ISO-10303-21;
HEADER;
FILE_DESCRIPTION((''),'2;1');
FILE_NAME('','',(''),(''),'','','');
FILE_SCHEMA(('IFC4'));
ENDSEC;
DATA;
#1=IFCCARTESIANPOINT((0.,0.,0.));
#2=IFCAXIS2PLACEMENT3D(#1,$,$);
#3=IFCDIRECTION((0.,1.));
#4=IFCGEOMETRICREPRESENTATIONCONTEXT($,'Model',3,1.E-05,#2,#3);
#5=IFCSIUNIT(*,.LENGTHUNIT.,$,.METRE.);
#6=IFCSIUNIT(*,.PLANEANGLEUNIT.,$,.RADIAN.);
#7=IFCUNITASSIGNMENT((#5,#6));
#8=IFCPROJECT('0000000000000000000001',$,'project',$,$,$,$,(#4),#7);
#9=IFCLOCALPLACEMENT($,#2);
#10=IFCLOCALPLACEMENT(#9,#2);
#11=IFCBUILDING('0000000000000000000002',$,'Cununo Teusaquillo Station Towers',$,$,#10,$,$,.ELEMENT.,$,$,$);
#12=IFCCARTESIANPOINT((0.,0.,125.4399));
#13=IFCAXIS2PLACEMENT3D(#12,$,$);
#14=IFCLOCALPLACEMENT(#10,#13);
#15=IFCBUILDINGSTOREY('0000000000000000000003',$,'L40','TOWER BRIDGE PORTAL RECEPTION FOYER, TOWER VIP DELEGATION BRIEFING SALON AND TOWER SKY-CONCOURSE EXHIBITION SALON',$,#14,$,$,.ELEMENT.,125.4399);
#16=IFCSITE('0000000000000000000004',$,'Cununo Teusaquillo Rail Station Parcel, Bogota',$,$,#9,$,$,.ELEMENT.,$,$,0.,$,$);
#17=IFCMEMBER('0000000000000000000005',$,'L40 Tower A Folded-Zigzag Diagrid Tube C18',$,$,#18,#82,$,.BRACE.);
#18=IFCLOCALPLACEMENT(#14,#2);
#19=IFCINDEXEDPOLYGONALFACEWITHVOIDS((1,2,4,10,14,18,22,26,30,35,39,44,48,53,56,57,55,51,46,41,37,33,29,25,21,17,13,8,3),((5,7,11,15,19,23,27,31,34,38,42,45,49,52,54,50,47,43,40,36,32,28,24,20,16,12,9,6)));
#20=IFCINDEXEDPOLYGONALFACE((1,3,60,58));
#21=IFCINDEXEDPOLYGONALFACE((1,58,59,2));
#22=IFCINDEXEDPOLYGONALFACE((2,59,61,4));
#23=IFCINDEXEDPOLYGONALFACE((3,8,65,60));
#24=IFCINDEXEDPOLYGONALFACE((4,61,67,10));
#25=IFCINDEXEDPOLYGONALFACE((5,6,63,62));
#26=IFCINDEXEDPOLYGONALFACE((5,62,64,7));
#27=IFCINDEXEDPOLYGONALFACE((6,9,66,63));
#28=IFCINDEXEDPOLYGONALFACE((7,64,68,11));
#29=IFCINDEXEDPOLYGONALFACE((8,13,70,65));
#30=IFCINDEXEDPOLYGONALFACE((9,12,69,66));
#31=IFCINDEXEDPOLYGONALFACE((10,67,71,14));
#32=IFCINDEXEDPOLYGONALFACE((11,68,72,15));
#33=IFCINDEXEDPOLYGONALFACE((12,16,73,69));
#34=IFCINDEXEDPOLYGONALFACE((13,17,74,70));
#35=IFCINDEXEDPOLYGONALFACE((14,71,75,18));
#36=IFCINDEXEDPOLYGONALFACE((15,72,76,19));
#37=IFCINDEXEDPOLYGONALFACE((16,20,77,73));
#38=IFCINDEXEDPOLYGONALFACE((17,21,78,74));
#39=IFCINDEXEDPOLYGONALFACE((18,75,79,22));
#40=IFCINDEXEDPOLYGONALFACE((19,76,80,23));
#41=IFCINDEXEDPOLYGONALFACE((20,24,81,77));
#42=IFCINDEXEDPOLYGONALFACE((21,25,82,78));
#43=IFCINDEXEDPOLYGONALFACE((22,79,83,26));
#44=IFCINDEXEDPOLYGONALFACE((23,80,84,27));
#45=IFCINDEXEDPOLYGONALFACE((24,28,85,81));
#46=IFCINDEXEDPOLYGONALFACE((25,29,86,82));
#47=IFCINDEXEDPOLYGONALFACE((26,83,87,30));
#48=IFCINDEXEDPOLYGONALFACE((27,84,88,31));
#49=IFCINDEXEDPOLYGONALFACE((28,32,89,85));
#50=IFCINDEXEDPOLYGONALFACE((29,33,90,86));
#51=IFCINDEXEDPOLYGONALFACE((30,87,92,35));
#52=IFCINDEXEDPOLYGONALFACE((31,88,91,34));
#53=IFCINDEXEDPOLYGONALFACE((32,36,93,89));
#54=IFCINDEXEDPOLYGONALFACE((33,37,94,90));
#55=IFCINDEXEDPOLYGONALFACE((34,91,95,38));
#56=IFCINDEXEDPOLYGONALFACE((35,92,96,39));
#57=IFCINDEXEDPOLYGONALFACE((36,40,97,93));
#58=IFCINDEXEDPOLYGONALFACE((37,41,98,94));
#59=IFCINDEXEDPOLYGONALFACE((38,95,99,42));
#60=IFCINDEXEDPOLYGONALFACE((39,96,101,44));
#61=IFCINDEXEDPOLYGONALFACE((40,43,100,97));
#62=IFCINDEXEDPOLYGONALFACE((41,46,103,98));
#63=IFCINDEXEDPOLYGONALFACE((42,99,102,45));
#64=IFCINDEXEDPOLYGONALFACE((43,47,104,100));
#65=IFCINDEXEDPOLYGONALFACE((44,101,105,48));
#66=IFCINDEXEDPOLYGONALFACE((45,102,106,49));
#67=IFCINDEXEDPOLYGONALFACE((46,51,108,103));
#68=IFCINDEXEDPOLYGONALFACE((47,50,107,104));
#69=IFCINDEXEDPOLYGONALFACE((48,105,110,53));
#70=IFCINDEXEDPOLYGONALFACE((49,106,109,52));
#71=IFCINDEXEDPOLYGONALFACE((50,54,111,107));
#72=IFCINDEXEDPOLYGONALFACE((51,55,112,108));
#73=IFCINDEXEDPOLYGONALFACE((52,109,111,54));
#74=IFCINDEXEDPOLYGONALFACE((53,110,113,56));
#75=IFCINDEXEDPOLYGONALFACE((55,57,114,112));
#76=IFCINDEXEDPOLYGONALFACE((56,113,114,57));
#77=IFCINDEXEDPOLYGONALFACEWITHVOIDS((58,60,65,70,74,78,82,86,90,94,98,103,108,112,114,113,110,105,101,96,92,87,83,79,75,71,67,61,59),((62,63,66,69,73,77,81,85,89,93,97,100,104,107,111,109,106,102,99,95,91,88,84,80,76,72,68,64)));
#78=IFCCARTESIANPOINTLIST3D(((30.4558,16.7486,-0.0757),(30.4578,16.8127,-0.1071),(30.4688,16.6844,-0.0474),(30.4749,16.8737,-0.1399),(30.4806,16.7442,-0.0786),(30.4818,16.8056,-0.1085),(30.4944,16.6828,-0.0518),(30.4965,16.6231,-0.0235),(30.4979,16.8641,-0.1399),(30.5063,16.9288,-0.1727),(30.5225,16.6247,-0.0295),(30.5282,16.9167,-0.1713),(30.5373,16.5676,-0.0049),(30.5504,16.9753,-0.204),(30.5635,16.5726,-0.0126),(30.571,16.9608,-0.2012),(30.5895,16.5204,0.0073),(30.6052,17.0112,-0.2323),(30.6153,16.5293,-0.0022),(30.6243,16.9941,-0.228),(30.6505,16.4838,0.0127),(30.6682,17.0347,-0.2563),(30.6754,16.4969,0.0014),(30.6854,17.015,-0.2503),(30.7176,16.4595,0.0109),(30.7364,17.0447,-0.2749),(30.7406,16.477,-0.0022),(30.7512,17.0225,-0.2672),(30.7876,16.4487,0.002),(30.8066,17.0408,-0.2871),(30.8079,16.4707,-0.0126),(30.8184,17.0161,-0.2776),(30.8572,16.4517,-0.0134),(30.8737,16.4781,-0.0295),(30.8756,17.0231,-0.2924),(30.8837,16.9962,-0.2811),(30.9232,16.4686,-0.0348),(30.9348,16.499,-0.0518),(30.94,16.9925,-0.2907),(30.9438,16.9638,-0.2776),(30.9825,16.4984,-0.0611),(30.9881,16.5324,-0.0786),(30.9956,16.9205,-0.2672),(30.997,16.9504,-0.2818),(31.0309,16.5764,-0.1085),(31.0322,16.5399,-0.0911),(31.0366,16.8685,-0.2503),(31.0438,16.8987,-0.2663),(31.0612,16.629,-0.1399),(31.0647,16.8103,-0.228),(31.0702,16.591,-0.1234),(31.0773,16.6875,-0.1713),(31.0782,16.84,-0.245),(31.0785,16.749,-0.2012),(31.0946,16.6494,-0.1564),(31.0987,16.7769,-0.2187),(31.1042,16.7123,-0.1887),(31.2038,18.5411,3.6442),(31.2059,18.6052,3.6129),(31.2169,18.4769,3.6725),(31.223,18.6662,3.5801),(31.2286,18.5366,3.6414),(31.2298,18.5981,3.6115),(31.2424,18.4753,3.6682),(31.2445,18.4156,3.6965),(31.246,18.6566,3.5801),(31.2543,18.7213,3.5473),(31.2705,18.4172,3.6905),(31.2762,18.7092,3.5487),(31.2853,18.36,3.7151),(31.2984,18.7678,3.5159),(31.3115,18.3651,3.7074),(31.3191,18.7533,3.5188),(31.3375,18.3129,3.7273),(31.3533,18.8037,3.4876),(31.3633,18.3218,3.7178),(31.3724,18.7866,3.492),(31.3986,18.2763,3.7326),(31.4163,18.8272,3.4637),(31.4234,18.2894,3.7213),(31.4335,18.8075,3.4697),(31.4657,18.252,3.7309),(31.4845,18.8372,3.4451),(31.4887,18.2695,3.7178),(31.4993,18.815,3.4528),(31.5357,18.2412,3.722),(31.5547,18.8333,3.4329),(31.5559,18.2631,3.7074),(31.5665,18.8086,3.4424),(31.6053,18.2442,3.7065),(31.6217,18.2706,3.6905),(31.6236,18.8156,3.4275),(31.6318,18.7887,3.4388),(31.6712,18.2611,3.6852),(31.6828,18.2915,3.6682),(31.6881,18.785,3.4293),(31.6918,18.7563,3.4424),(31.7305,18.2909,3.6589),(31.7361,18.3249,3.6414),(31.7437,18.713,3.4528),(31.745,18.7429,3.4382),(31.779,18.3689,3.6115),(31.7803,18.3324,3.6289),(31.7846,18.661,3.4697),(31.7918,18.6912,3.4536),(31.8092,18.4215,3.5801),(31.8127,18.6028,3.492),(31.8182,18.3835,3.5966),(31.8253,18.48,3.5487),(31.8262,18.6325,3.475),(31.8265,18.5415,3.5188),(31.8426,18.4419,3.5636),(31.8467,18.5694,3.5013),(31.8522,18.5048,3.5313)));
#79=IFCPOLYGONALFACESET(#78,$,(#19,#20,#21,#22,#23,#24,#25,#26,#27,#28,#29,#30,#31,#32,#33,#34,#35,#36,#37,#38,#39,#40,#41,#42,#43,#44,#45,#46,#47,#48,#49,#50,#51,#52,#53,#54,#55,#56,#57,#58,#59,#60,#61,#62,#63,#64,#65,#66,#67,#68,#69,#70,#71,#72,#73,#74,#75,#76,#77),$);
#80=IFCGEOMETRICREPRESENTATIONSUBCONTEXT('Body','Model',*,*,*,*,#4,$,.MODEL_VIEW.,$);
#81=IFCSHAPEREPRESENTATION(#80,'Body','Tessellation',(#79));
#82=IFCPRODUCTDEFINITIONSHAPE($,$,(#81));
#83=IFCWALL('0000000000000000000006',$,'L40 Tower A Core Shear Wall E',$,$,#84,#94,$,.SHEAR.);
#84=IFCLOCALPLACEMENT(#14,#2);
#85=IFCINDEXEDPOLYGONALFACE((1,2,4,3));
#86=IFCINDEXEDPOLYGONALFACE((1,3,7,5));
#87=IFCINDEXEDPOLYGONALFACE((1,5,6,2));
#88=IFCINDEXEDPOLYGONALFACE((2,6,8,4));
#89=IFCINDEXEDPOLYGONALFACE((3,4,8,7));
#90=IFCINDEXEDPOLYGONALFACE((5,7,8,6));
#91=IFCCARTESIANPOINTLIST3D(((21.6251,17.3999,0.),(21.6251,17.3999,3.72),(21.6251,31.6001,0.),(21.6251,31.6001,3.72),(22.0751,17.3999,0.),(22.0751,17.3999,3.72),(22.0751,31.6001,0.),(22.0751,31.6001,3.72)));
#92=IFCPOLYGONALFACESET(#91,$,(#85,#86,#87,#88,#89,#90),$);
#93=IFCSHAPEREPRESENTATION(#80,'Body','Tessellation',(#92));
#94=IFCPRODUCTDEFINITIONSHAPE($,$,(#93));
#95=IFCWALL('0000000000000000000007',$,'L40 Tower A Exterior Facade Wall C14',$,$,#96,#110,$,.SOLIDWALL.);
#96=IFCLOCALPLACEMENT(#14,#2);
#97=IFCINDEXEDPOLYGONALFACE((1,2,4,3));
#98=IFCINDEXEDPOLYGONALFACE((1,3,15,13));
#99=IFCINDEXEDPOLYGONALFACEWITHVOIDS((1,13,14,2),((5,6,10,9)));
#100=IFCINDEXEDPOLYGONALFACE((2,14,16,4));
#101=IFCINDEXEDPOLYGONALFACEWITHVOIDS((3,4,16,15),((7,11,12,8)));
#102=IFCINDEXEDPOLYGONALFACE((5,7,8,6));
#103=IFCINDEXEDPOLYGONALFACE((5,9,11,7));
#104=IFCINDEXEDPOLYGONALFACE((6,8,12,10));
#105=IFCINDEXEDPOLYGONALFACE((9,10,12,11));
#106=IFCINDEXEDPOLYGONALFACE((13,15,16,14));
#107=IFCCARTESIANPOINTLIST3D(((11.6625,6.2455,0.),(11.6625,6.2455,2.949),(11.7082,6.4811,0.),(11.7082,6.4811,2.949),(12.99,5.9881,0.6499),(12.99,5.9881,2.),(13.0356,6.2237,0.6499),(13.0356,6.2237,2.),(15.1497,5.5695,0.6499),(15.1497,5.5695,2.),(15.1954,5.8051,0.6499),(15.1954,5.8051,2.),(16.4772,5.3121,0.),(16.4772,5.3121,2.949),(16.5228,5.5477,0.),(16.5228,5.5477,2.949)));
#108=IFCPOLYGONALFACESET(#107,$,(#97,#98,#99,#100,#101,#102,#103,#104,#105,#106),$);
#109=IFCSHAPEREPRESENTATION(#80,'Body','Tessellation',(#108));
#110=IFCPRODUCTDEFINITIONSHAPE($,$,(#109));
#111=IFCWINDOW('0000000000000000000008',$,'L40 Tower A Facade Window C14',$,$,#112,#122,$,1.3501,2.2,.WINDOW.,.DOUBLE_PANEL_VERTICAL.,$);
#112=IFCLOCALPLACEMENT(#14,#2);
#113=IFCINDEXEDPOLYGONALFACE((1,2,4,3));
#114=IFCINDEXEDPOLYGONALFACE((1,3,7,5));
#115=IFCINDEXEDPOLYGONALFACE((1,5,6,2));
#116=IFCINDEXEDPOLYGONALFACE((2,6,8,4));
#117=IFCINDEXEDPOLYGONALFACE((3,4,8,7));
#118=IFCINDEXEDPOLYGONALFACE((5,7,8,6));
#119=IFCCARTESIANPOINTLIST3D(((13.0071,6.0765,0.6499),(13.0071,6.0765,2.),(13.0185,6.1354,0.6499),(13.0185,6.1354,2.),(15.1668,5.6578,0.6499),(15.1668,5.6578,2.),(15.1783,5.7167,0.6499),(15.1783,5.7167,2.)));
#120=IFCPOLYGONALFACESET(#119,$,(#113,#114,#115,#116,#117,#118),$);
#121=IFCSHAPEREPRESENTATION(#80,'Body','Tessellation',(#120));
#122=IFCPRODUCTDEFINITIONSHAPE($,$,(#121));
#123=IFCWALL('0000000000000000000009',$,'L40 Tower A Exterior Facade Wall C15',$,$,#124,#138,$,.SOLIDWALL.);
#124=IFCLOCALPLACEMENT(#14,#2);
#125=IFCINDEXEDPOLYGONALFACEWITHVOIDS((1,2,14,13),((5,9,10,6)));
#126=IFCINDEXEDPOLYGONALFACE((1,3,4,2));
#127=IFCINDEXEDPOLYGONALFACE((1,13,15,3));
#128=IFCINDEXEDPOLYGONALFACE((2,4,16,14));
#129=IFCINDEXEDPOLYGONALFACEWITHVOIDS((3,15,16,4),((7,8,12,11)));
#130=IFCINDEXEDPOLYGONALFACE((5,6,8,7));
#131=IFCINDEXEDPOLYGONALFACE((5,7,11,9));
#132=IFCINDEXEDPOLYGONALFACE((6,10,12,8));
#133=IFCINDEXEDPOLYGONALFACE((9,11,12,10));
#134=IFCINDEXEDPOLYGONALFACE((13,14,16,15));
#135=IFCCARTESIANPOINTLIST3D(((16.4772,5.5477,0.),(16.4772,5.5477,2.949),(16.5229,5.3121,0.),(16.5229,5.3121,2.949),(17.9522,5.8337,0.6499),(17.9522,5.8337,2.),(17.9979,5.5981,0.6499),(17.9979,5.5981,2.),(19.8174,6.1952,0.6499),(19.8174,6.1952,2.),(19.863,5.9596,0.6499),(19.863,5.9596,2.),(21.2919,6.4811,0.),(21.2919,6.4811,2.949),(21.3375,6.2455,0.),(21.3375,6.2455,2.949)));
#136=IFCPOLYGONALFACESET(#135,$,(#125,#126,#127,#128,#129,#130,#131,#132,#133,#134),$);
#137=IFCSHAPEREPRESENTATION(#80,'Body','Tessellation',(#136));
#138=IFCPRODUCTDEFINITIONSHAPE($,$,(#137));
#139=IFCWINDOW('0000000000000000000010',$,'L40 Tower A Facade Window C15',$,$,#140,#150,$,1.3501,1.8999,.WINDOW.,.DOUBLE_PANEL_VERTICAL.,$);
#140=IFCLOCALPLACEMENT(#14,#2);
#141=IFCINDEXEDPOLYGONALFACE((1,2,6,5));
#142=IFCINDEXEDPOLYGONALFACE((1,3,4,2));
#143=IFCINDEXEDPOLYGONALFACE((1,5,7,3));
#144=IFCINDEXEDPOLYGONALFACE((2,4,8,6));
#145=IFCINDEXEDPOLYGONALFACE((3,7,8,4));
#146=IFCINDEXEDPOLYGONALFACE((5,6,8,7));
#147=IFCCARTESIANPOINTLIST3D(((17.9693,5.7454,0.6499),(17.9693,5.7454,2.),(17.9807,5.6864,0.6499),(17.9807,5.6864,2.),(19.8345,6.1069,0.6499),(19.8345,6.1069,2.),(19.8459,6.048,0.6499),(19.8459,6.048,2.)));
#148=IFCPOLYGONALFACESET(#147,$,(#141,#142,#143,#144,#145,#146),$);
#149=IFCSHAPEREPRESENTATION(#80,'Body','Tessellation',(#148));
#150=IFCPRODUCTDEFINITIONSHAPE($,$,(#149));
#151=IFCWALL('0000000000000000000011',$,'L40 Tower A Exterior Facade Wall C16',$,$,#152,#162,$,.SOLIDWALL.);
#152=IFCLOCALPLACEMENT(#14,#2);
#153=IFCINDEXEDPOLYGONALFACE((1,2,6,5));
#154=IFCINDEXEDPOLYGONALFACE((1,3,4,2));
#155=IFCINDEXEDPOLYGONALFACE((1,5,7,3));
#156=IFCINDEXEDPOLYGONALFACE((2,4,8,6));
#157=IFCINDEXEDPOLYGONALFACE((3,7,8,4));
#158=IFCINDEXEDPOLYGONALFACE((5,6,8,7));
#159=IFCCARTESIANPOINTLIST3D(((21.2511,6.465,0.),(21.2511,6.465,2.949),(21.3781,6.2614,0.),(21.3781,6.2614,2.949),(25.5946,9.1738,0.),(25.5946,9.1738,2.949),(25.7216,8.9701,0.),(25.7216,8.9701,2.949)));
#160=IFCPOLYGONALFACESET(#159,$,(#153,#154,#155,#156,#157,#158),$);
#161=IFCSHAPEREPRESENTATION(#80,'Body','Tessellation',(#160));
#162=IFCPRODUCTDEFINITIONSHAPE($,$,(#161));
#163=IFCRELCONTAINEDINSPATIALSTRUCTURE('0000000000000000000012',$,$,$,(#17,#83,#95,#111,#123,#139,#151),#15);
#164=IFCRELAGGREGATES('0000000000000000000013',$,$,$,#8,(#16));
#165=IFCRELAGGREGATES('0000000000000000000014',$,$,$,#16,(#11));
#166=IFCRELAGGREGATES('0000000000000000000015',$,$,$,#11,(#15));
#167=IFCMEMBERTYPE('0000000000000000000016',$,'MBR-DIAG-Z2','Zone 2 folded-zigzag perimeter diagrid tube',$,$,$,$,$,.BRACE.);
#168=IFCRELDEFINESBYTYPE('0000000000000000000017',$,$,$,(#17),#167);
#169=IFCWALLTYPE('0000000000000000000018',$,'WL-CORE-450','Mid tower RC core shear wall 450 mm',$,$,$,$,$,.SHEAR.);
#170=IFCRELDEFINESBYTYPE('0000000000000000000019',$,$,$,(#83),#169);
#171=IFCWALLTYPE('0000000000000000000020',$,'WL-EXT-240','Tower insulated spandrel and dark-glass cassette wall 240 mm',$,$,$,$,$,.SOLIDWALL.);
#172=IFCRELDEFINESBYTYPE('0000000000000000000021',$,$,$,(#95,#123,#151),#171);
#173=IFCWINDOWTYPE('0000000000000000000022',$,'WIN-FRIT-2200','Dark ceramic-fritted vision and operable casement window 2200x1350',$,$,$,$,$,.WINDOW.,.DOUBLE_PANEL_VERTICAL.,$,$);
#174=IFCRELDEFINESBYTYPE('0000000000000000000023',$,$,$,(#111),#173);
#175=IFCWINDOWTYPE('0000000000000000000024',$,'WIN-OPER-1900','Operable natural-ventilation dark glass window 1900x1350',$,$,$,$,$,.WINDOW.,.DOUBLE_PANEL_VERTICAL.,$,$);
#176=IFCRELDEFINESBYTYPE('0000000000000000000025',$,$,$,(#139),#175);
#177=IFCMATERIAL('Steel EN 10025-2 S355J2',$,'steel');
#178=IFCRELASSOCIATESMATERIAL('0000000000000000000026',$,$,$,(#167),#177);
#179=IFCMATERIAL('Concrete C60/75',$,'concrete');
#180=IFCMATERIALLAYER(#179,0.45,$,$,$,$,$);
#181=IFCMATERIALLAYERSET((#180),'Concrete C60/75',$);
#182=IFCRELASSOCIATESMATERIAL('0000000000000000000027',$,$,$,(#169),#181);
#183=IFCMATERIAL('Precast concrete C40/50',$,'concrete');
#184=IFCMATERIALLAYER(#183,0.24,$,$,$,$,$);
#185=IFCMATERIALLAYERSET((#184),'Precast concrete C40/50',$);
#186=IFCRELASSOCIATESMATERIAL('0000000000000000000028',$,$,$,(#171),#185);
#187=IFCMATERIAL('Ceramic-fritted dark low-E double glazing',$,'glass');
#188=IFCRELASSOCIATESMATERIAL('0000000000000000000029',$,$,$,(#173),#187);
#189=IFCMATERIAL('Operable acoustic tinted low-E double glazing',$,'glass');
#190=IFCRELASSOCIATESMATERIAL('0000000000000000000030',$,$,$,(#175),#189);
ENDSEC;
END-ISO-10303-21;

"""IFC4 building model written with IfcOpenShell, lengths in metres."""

from ifc_helpers import new_model, si_unit, direction, frame, frame_2d, origin, origin_2d, place, context, subcontext, project, spatial, rectangle, hollow_circle, extrude, source, transform, mapped, material, layer, layer_set, material_profile, profile_set, type_object, element, fill, save


model = new_model("IFC4")

# Units and contexts
model_context = context("Model", 3, precision=1e-05, world=origin(), true_north=direction((0.0, 1.0)))
body_context = subcontext(model_context, "Body", "Model", "MODEL_VIEW")
ifc_project = project(units=[si_unit("LENGTHUNIT", "METRE"), si_unit("PLANEANGLEUNIT", "RADIAN")], contexts=[model_context])

# Site, building, storey
site_placement = place(None, origin())
site = spatial("IfcSite", under=ifc_project, at=site_placement, Name="Cununo Teusaquillo Rail Station Parcel, Bogota", CompositionType="ELEMENT", RefElevation=0.0)
building_placement = place(site_placement, origin())
building = spatial("IfcBuilding", under=site, at=building_placement, Name="Cununo Teusaquillo Station Towers", CompositionType="ELEMENT")
storey_placement = place(building_placement, frame((0.0, 0.0, 125.4399)))
storey = spatial("IfcBuildingStorey", under=building, at=storey_placement, Name="L40", Description="TOWER BRIDGE PORTAL RECEPTION FOYER, TOWER VIP DELEGATION BRIEFING SALON AND TOWER SKY-CONCOURSE EXHIBITION SALON", CompositionType="ELEMENT", Elevation=125.4399)

# Member
ifc_material_1 = material(Name="Steel EN 10025-2 S355J2", Category="steel")
ifc_material_profile_1 = material_profile(ifc_material_1, hollow_circle(Radius=0.3301, WallThickness=0.0249, at=origin_2d()), Name="CHS 660x25")
ifc_profile_set_1 = profile_set([ifc_material_profile_1], Name="Steel EN 10025-2 S355J2")
member_type = type_object("IfcMemberType", Name="MBR-DIAG-Z2", Description="Zone 2 folded-zigzag perimeter diagrid tube", PredefinedType="BRACE", material=ifc_profile_set_1)
member_1_placement = place(storey_placement, frame((30.7795, 16.7466, -0.1399), z_axis=(0.178254, 0.427135, 0.886443), x_axis=(-0.922861, 0.385133, 0.0)))
element("IfcMember", 1, at=member_1_placement, inside=storey, type_object=member_type, Name="L40 Tower A Folded-Zigzag Diagrid Tube C18", PredefinedType="BRACE", context=body_context, shape_type="SweptSolid", body=[
    extrude(hollow_circle(Radius=0.3301, WallThickness=0.0249, at=origin_2d()), origin(), (0.0, 0.0, 1.0), 4.1965),
])

# Wall
ifc_material_2 = material(Name="Concrete C60/75", Category="concrete")
ifc_layer_1 = layer(ifc_material_2, 0.45)
ifc_layer_set_1 = layer_set([ifc_layer_1], Name="Concrete C60/75")
wall_type_1 = type_object("IfcWallType", Name="WL-CORE-450", Description="Mid tower RC core shear wall 450 mm", PredefinedType="SHEAR", material=ifc_layer_set_1)
wall_1_placement = place(storey_placement, frame((21.8501, 17.3999, 0.0), z_axis=(0.0, 0.0, 1.0), x_axis=(0.0, 1.0, 0.0)))
element("IfcWall", 2, at=wall_1_placement, inside=storey, type_object=wall_type_1, Name="L40 Tower A Core Shear Wall E", PredefinedType="SHEAR", context=body_context, shape_type="SweptSolid", body=[
    extrude(rectangle(XDim=14.2002, YDim=0.45, at=frame_2d((7.1001, 0.0))), origin(), (0.0, 0.0, 1.0), 3.72),
])

# Walls, openings, windows
ifc_material_3 = material(Name="Precast concrete C40/50", Category="concrete")
ifc_layer_2 = layer(ifc_material_3, 0.24)
ifc_layer_set_2 = layer_set([ifc_layer_2], Name="Precast concrete C40/50")
wall_type_2 = type_object("IfcWallType", Name="WL-EXT-240", Description="Tower insulated spandrel and dark-glass cassette wall 240 mm", PredefinedType="SOLIDWALL", material=ifc_layer_set_2)
wall_2_placement = place(storey_placement, frame((16.5, 5.4299, 0.0), z_axis=(0.0, 0.0, 1.0), x_axis=(-0.981724, 0.190311, 0.0)))
wall_2 = element("IfcWall", 3, at=wall_2_placement, inside=storey, type_object=wall_type_2, Name="L40 Tower A Exterior Facade Wall C14", PredefinedType="SOLIDWALL", context=body_context, shape_type="SweptSolid", body=[
    extrude(rectangle(XDim=4.9043, YDim=0.24, at=frame_2d((2.4521, 0.0))), origin(), (0.0, 0.0, 1.0), 2.949),
])
shared_shape_1 = source(origin(), body_context, "Body", "SweptSolid", [
    extrude(rectangle(XDim=2.2, YDim=1.3501, at=frame_2d((1.1001, 0.675))), frame((0.0, 0.1299, 0.0), z_axis=(0.0, -1.0, 0.0), x_axis=(1.0, 0.0, 0.0)), (0.0, 0.0, 1.0), 0.26),
])
opening_1_placement = place(wall_2_placement, frame((1.3521, 0.0, 0.6499)))
opening_1 = element("IfcOpeningElement", 4, at=opening_1_placement, cuts=wall_2, PredefinedType="OPENING", context=body_context, shape_type="MappedRepresentation", body=[
    mapped(shared_shape_1, transform((0.0, 0.0, 0.0), x_axis=(1.0, 0.0, 0.0), y_axis=(0.0, 1.0, 0.0), z_axis=(0.0, 0.0, 1.0), scale=1.0)),
])
ifc_material_4 = material(Name="Ceramic-fritted dark low-E double glazing", Category="glass")
window_type_1 = type_object("IfcWindowType", Name="WIN-FRIT-2200", Description="Dark ceramic-fritted vision and operable casement window 2200x1350", PartitioningType="DOUBLE_PANEL_VERTICAL", PredefinedType="WINDOW", material=ifc_material_4)
shared_shape_2 = source(origin(), body_context, "Body", "SweptSolid", [
    extrude(rectangle(XDim=2.2, YDim=1.3501, at=frame_2d((1.1001, 0.675))), frame((0.0, 0.03, 0.0), z_axis=(0.0, -1.0, 0.0), x_axis=(1.0, 0.0, 0.0)), (0.0, 0.0, 1.0), 0.0601),
])
window_1_placement = place(opening_1_placement, origin())
window_1 = element("IfcWindow", 5, at=window_1_placement, inside=storey, type_object=window_type_1, Name="L40 Tower A Facade Window C14", OverallHeight=1.3501, OverallWidth=2.2, PartitioningType="DOUBLE_PANEL_VERTICAL", PredefinedType="WINDOW", context=body_context, shape_type="MappedRepresentation", body=[
    mapped(shared_shape_2, transform((0.0, 0.0, 0.0), x_axis=(1.0, 0.0, 0.0), y_axis=(0.0, 1.0, 0.0), z_axis=(0.0, 0.0, 1.0), scale=1.0)),
])
fill(opening_1, window_1)
wall_3_placement = place(storey_placement, frame((21.3147, 6.3633, 0.0), z_axis=(0.0, 0.0, 1.0), x_axis=(-0.981724, -0.190311, 0.0)))
wall_3 = element("IfcWall", 6, at=wall_3_placement, inside=storey, type_object=wall_type_2, Name="L40 Tower A Exterior Facade Wall C15", PredefinedType="SOLIDWALL", context=body_context, shape_type="SweptSolid", body=[
    extrude(rectangle(XDim=4.9043, YDim=0.24, at=frame_2d((2.4521, 0.0))), origin(), (0.0, 0.0, 1.0), 2.949),
])
shared_shape_3 = source(origin(), body_context, "Body", "SweptSolid", [
    extrude(rectangle(XDim=1.8999, YDim=1.3501, at=frame_2d((0.95, 0.675))), frame((0.0, 0.1299, 0.0), z_axis=(0.0, -1.0, 0.0), x_axis=(1.0, 0.0, 0.0)), (0.0, 0.0, 1.0), 0.26),
])
opening_2_placement = place(wall_3_placement, frame((1.502, 0.0, 0.6499)))
opening_2 = element("IfcOpeningElement", 7, at=opening_2_placement, cuts=wall_3, PredefinedType="OPENING", context=body_context, shape_type="MappedRepresentation", body=[
    mapped(shared_shape_3, transform((0.0, 0.0, 0.0), x_axis=(1.0, 0.0, 0.0), y_axis=(0.0, 1.0, 0.0), z_axis=(0.0, 0.0, 1.0), scale=1.0)),
])
ifc_material_5 = material(Name="Operable acoustic tinted low-E double glazing", Category="glass")
window_type_2 = type_object("IfcWindowType", Name="WIN-OPER-1900", Description="Operable natural-ventilation dark glass window 1900x1350", PartitioningType="DOUBLE_PANEL_VERTICAL", PredefinedType="WINDOW", material=ifc_material_5)
shared_shape_4 = source(origin(), body_context, "Body", "SweptSolid", [
    extrude(rectangle(XDim=1.8999, YDim=1.3501, at=frame_2d((0.95, 0.675))), frame((0.0, 0.03, 0.0), z_axis=(0.0, -1.0, 0.0), x_axis=(1.0, 0.0, 0.0)), (0.0, 0.0, 1.0), 0.0601),
])
window_2_placement = place(opening_2_placement, origin())
window_2 = element("IfcWindow", 8, at=window_2_placement, inside=storey, type_object=window_type_2, Name="L40 Tower A Facade Window C15", OverallHeight=1.3501, OverallWidth=1.8999, PartitioningType="DOUBLE_PANEL_VERTICAL", PredefinedType="WINDOW", context=body_context, shape_type="MappedRepresentation", body=[
    mapped(shared_shape_4, transform((0.0, 0.0, 0.0), x_axis=(1.0, 0.0, 0.0), y_axis=(0.0, 1.0, 0.0), z_axis=(0.0, 0.0, 1.0), scale=1.0)),
])
fill(opening_2, window_2)

# Wall
wall_4_placement = place(storey_placement, frame((25.6582, 9.072, 0.0), z_axis=(0.0, 0.0, 1.0), x_axis=(-0.84852, -0.529163, 0.0)))
element("IfcWall", 9, at=wall_4_placement, inside=storey, type_object=wall_type_2, Name="L40 Tower A Exterior Facade Wall C16", PredefinedType="SOLIDWALL", context=body_context, shape_type="SweptSolid", body=[
    extrude(rectangle(XDim=5.1189, YDim=0.24, at=frame_2d((2.5596, 0.0))), origin(), (0.0, 0.0, 1.0), 2.949),
])

save(model, "model.ifc")
